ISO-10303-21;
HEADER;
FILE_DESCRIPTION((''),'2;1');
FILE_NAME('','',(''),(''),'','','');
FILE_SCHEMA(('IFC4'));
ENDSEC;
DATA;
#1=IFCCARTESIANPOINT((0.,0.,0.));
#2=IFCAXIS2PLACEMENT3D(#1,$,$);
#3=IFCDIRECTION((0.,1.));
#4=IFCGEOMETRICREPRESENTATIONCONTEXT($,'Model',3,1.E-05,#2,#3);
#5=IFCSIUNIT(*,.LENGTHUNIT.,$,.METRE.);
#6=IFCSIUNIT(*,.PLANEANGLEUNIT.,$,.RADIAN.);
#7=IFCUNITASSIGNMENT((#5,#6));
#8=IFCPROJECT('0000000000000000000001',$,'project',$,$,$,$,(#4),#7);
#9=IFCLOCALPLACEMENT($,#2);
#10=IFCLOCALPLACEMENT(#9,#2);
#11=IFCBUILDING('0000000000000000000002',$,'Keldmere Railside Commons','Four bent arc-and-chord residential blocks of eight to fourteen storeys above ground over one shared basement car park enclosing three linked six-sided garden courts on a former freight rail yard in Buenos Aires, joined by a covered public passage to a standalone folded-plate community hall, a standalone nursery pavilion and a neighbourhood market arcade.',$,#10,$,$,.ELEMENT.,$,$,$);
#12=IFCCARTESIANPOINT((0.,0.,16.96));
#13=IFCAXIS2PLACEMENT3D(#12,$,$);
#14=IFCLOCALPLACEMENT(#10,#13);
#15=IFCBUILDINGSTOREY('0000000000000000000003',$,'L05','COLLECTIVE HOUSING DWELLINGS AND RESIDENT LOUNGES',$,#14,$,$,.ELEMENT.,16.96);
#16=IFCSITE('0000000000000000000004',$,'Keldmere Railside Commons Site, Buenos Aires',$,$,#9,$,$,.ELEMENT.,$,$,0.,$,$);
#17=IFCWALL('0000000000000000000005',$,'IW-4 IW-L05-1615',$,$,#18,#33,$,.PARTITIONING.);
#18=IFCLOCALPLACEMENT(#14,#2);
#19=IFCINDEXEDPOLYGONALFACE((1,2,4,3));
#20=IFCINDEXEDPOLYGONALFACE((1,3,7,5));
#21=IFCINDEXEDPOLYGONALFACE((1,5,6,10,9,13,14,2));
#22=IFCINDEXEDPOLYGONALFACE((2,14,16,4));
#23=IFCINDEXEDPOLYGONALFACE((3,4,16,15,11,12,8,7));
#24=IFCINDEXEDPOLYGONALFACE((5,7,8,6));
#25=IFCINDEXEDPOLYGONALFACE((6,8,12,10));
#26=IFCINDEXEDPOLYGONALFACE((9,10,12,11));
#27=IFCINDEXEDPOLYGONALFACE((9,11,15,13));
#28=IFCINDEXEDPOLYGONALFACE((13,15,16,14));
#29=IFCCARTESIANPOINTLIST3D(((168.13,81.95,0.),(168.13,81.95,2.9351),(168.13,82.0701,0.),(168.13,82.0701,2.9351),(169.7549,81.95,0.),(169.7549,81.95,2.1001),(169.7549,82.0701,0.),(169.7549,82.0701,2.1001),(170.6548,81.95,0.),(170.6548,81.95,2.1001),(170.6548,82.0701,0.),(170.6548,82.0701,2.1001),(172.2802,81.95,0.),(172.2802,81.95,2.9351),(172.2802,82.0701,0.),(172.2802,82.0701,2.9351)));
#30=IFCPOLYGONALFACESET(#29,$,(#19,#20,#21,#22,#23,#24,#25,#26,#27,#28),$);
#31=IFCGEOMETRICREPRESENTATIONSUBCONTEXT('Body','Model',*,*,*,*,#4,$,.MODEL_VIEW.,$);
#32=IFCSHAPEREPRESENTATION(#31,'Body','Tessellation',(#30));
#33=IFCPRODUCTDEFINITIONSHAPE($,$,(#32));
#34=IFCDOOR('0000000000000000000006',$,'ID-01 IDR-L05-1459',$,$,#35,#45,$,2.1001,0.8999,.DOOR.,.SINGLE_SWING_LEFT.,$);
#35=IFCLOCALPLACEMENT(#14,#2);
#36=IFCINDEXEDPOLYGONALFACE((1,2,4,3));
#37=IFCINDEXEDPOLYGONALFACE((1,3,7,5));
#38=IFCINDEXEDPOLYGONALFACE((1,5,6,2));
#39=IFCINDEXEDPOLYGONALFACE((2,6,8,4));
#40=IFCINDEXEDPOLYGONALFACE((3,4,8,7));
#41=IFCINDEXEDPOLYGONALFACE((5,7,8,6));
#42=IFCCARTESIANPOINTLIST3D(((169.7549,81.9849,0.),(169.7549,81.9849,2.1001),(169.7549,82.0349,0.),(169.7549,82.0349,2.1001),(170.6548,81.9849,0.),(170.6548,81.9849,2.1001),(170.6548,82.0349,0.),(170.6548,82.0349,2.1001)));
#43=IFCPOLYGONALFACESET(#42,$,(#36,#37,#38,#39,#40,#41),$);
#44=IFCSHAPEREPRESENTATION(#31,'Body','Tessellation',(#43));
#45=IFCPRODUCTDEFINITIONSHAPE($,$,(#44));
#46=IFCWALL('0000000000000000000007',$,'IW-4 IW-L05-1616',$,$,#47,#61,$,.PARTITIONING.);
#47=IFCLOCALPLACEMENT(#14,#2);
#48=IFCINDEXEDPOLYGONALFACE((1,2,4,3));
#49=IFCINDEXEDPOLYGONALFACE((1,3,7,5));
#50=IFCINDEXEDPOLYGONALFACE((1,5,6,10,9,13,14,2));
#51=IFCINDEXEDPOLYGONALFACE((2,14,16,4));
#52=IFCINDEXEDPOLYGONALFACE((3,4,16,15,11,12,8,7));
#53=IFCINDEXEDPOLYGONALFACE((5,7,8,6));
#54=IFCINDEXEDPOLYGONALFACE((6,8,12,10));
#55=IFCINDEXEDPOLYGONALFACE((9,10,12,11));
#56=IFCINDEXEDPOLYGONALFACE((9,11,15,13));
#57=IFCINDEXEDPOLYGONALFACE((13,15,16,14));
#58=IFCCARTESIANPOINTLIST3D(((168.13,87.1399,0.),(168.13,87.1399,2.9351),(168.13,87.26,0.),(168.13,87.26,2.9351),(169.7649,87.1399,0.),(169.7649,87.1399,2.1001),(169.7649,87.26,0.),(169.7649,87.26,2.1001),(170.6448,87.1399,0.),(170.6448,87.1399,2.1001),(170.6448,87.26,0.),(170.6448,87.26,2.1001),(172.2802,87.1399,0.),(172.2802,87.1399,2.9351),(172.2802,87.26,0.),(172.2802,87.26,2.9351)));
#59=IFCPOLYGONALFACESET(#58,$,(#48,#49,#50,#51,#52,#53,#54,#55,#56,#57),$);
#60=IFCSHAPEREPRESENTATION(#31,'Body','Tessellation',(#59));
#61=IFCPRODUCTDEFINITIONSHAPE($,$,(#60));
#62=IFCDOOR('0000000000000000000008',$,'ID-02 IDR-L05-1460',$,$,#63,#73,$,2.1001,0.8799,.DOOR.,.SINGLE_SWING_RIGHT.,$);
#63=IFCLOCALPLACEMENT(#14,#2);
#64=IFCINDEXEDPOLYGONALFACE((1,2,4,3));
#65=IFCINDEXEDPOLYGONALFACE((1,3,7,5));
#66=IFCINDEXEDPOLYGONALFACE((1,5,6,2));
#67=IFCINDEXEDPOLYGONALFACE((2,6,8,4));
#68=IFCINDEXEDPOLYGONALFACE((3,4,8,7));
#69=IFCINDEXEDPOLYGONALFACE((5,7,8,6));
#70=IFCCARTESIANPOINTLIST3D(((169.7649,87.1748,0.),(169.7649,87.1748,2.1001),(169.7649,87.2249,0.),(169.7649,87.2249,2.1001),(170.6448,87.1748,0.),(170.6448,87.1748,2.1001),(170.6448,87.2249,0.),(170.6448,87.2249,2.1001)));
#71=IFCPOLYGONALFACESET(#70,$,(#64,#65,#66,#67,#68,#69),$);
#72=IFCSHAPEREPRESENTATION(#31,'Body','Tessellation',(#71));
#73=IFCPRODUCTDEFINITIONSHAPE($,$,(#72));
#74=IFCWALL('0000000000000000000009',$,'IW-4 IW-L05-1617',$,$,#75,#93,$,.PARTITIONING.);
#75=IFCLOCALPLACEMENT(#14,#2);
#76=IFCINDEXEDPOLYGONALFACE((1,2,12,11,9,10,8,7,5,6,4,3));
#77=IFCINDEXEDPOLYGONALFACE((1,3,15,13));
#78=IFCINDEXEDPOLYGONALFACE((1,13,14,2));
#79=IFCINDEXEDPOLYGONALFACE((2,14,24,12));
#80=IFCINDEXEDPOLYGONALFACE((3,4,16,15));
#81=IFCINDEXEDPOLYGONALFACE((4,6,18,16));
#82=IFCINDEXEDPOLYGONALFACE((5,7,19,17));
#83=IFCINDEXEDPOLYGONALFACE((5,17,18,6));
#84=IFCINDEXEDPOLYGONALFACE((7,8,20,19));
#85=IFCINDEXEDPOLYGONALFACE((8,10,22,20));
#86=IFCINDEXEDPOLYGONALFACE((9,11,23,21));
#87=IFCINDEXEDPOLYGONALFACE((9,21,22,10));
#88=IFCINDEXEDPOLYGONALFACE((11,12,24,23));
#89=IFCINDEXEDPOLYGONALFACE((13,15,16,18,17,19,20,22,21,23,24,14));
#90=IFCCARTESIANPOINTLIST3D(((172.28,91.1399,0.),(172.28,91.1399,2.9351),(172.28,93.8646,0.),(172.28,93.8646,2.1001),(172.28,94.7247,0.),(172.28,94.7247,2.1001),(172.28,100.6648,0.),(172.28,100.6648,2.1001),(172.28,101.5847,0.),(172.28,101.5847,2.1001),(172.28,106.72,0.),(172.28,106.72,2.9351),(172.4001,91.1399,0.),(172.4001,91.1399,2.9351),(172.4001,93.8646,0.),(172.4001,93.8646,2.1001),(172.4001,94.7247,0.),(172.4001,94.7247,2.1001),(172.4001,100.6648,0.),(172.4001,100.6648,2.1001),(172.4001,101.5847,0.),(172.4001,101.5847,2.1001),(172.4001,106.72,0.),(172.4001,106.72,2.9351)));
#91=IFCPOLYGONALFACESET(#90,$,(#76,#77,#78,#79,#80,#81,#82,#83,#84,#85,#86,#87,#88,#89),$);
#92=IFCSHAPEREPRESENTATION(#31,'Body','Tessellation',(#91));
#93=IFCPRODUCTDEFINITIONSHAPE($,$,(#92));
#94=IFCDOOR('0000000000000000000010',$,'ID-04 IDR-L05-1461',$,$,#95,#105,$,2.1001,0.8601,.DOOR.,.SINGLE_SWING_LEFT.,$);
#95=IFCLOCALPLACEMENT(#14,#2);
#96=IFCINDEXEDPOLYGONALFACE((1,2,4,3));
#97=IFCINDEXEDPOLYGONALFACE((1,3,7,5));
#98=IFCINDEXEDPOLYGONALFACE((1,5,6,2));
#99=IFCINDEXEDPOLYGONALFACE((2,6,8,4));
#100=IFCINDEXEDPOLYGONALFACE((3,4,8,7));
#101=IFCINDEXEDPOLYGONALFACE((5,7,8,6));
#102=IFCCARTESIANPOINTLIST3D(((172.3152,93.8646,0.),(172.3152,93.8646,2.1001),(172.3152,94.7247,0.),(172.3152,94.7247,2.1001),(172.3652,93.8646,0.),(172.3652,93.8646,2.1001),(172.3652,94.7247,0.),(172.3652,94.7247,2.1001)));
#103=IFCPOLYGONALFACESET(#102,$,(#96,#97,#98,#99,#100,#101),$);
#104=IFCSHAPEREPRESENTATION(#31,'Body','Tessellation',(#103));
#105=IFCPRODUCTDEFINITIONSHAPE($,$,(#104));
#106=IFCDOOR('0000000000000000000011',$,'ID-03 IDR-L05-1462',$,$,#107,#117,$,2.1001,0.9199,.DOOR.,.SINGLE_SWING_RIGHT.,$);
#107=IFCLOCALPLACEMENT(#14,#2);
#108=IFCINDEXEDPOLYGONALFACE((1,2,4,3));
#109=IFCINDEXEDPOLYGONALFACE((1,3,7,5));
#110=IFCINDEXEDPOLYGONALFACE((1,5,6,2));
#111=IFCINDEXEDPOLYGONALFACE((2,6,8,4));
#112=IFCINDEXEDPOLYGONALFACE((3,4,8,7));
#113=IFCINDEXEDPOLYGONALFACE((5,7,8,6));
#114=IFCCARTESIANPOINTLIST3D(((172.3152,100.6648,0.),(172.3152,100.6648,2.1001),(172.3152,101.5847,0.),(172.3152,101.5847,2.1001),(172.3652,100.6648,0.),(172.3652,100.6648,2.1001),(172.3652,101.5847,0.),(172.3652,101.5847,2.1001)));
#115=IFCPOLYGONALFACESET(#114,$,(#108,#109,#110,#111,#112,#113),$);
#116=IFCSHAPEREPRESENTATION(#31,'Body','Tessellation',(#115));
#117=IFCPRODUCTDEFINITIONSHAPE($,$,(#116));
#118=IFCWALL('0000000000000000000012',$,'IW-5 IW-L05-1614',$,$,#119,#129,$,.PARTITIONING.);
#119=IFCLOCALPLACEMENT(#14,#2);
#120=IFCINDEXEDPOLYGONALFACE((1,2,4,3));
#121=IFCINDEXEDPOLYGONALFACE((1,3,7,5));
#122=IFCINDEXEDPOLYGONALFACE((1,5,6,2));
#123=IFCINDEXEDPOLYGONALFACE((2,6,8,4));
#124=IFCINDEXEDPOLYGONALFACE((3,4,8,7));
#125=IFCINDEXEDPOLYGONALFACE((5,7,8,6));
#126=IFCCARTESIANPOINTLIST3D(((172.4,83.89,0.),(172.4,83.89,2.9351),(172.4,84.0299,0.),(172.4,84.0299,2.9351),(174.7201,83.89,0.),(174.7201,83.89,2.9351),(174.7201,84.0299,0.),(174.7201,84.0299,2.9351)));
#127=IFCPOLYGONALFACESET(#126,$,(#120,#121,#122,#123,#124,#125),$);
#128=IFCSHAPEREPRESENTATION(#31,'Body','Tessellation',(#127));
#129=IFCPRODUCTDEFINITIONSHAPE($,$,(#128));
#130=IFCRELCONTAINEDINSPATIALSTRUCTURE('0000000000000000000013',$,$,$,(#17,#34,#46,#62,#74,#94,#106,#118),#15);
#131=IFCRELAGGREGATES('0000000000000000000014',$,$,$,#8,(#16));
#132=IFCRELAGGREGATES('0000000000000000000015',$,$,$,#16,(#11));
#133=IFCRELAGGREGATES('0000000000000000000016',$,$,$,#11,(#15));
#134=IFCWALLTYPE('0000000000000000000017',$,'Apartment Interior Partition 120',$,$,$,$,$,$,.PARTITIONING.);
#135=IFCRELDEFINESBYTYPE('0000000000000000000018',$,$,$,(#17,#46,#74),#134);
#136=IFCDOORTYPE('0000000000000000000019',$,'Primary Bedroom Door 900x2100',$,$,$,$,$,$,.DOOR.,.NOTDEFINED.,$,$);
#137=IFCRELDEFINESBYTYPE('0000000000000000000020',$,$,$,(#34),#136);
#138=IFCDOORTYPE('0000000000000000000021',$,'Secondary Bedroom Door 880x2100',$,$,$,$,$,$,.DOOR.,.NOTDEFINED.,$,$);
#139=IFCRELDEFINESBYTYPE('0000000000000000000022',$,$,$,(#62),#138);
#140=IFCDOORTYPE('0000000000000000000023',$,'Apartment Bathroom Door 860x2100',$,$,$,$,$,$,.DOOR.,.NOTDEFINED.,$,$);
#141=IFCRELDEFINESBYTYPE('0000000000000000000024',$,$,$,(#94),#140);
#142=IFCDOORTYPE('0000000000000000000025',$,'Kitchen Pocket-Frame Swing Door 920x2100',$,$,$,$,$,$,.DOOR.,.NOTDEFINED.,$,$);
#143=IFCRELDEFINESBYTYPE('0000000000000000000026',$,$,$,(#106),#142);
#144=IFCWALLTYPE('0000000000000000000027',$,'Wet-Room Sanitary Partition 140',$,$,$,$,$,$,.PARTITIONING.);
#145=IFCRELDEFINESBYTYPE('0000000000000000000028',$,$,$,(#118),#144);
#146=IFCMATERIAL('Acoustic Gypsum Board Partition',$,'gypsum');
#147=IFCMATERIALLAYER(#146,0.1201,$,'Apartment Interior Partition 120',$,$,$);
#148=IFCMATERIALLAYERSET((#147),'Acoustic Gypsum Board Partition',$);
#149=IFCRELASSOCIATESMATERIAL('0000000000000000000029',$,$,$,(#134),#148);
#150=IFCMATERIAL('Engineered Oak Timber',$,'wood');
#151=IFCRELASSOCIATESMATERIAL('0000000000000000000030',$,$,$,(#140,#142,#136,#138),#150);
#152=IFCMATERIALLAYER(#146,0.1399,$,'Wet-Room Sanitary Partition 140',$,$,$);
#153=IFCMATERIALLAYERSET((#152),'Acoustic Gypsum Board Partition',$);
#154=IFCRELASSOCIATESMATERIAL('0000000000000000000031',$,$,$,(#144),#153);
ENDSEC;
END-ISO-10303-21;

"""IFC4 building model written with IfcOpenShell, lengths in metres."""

from ifc_helpers import new_model, si_unit, direction, frame, frame_2d, origin, place, context, subcontext, project, spatial, rectangle, extrude, material, layer, layer_set, type_object, element, fill, save


model = new_model("IFC4")

# Units and contexts
model_context = context("Model", 3, precision=1e-05, world=origin(), true_north=direction((0.0, 1.0)))
body_context = subcontext(model_context, "Body", "Model", "MODEL_VIEW")
ifc_project = project(units=[si_unit("LENGTHUNIT", "METRE"), si_unit("PLANEANGLEUNIT", "RADIAN")], contexts=[model_context])

# Site, building, storey
site_placement = place(None, origin())
site = spatial("IfcSite", under=ifc_project, at=site_placement, Name="Keldmere Railside Commons Site, Buenos Aires", CompositionType="ELEMENT", RefElevation=0.0)
building_placement = place(site_placement, origin())
building = spatial("IfcBuilding", under=site, at=building_placement, Name="Keldmere Railside Commons", Description="Four bent arc-and-chord residential blocks of eight to fourteen storeys above ground over one shared basement car park enclosing three linked six-sided garden courts on a former freight rail yard in Buenos Aires, joined by a covered public passage to a standalone folded-plate community hall, a standalone nursery pavilion and a neighbourhood market arcade.", CompositionType="ELEMENT")
storey_placement = place(building_placement, frame((0.0, 0.0, 16.96)))
storey = spatial("IfcBuildingStorey", under=building, at=storey_placement, Name="L05", Description="COLLECTIVE HOUSING DWELLINGS AND RESIDENT LOUNGES", CompositionType="ELEMENT", Elevation=16.96)

# Shared definitions
ifc_material_1 = material(Name="Acoustic Gypsum Board Partition", Category="gypsum")

# Shared definitions
ifc_layer_1 = layer(ifc_material_1, 0.1201, Name="Apartment Interior Partition 120")
ifc_layer_set_1 = layer_set([ifc_layer_1], Name="Acoustic Gypsum Board Partition")
wall_type_1 = type_object("IfcWallType", Name="Apartment Interior Partition 120", PredefinedType="PARTITIONING", material=ifc_layer_set_1)
ifc_material_2 = material(Name="Engineered Oak Timber", Category="wood")
door_type_1 = type_object("IfcDoorType", Name="Apartment Bathroom Door 860x2100", OperationType="NOTDEFINED", PredefinedType="DOOR", material=ifc_material_2)
door_type_2 = type_object("IfcDoorType", Name="Kitchen Pocket-Frame Swing Door 920x2100", OperationType="NOTDEFINED", PredefinedType="DOOR", material=ifc_material_2)

# Walls, openings, doors
wall_1_placement = place(storey_placement, frame((168.1299, 82.01, 0.0), z_axis=(0.0, 0.0, 1.0), x_axis=(1.0, 0.0, 0.0)))
wall_1 = element("IfcWall", 1, at=wall_1_placement, inside=storey, type_object=wall_type_1, Name="IW-4 IW-L05-1615", PredefinedType="PARTITIONING", context=body_context, shape_type="SweptSolid", body=[
    extrude(rectangle(XDim=4.1501, YDim=0.1201, at=frame_2d((2.0752, 0.0))), origin(), (0.0, 0.0, 1.0), 2.9351),
])
opening_1_placement = place(wall_1_placement, frame((1.625, 0.0, 0.0)))
opening_1 = element("IfcOpeningElement", 2, at=opening_1_placement, cuts=wall_1, PredefinedType="OPENING", context=body_context, shape_type="SweptSolid", body=[
    extrude(rectangle(XDim=0.8999, YDim=2.1001, at=frame_2d((0.45, 1.05))), frame((0.0, 0.0701, 0.0), z_axis=(0.0, -1.0, 0.0), x_axis=(1.0, 0.0, 0.0)), (0.0, 0.0, 1.0), 0.1401),
])
door_type_3 = type_object("IfcDoorType", Name="Primary Bedroom Door 900x2100", OperationType="NOTDEFINED", PredefinedType="DOOR", material=ifc_material_2)
door_1_placement = place(opening_1_placement, origin())
door_1 = element("IfcDoor", 3, at=door_1_placement, inside=storey, type_object=door_type_3, Name="ID-01 IDR-L05-1459", OperationType="SINGLE_SWING_LEFT", OverallHeight=2.1001, OverallWidth=0.8999, PredefinedType="DOOR", context=body_context, shape_type="SweptSolid", body=[
    extrude(rectangle(XDim=0.8999, YDim=2.1001, at=frame_2d((0.45, 1.05))), frame((0.0, 0.0249, 0.0), z_axis=(0.0, -1.0, 0.0), x_axis=(1.0, 0.0, 0.0)), (0.0, 0.0, 1.0), 0.05),
])
fill(opening_1, door_1)
wall_2_placement = place(storey_placement, frame((168.1299, 87.2, 0.0), z_axis=(0.0, 0.0, 1.0), x_axis=(1.0, 0.0, 0.0)))
wall_2 = element("IfcWall", 4, at=wall_2_placement, inside=storey, type_object=wall_type_1, Name="IW-4 IW-L05-1616", PredefinedType="PARTITIONING", context=body_context, shape_type="SweptSolid", body=[
    extrude(rectangle(XDim=4.1501, YDim=0.1201, at=frame_2d((2.0752, 0.0))), origin(), (0.0, 0.0, 1.0), 2.9351),
])
opening_2_placement = place(wall_2_placement, frame((1.635, 0.0, 0.0)))
opening_2 = element("IfcOpeningElement", 5, at=opening_2_placement, cuts=wall_2, PredefinedType="OPENING", context=body_context, shape_type="SweptSolid", body=[
    extrude(rectangle(XDim=0.8799, YDim=2.1001, at=frame_2d((0.4399, 1.05))), frame((0.0, 0.0701, 0.0), z_axis=(0.0, -1.0, 0.0), x_axis=(1.0, 0.0, 0.0)), (0.0, 0.0, 1.0), 0.1401),
])
door_type_4 = type_object("IfcDoorType", Name="Secondary Bedroom Door 880x2100", OperationType="NOTDEFINED", PredefinedType="DOOR", material=ifc_material_2)
door_2_placement = place(opening_2_placement, origin())
door_2 = element("IfcDoor", 6, at=door_2_placement, inside=storey, type_object=door_type_4, Name="ID-02 IDR-L05-1460", OperationType="SINGLE_SWING_RIGHT", OverallHeight=2.1001, OverallWidth=0.8799, PredefinedType="DOOR", context=body_context, shape_type="SweptSolid", body=[
    extrude(rectangle(XDim=0.8799, YDim=2.1001, at=frame_2d((0.4399, 1.05))), frame((0.0, 0.0249, 0.0), z_axis=(0.0, -1.0, 0.0), x_axis=(1.0, 0.0, 0.0)), (0.0, 0.0, 1.0), 0.05),
])
fill(opening_2, door_2)

# Wall, openings, doors
wall_3_placement = place(storey_placement, frame((172.3401, 91.1399, 0.0), z_axis=(0.0, 0.0, 1.0), x_axis=(0.0, 1.0, 0.0)))
wall_3 = element("IfcWall", 7, at=wall_3_placement, inside=storey, type_object=wall_type_1, Name="IW-4 IW-L05-1617", PredefinedType="PARTITIONING", context=body_context, shape_type="SweptSolid", body=[
    extrude(rectangle(XDim=15.5801, YDim=0.1201, at=frame_2d((7.79, 0.0))), origin(), (0.0, 0.0, 1.0), 2.9351),
])
opening_3_placement = place(wall_3_placement, frame((2.7246, 0.0, 0.0)))
opening_3 = element("IfcOpeningElement", 8, at=opening_3_placement, cuts=wall_3, PredefinedType="OPENING", context=body_context, shape_type="SweptSolid", body=[
    extrude(rectangle(XDim=0.8601, YDim=2.1001, at=frame_2d((0.4302, 1.05))), frame((0.0, 0.0701, 0.0), z_axis=(0.0, -1.0, 0.0), x_axis=(1.0, 0.0, 0.0)), (0.0, 0.0, 1.0), 0.1401),
])
opening_4_placement = place(wall_3_placement, frame((9.5249, 0.0, 0.0)))
opening_4 = element("IfcOpeningElement", 9, at=opening_4_placement, cuts=wall_3, PredefinedType="OPENING", context=body_context, shape_type="SweptSolid", body=[
    extrude(rectangle(XDim=0.9199, YDim=2.1001, at=frame_2d((0.46, 1.05))), frame((0.0, 0.0701, 0.0), z_axis=(0.0, -1.0, 0.0), x_axis=(1.0, 0.0, 0.0)), (0.0, 0.0, 1.0), 0.1401),
])
door_3_placement = place(opening_3_placement, origin())
door_3 = element("IfcDoor", 10, at=door_3_placement, inside=storey, type_object=door_type_1, Name="ID-04 IDR-L05-1461", OperationType="SINGLE_SWING_LEFT", OverallHeight=2.1001, OverallWidth=0.8601, PredefinedType="DOOR", context=body_context, shape_type="SweptSolid", body=[
    extrude(rectangle(XDim=0.8601, YDim=2.1001, at=frame_2d((0.4302, 1.05))), frame((0.0, 0.0249, 0.0), z_axis=(0.0, -1.0, 0.0), x_axis=(1.0, 0.0, 0.0)), (0.0, 0.0, 1.0), 0.05),
])
fill(opening_3, door_3)
door_4_placement = place(opening_4_placement, origin())
door_4 = element("IfcDoor", 11, at=door_4_placement, inside=storey, type_object=door_type_2, Name="ID-03 IDR-L05-1462", OperationType="SINGLE_SWING_RIGHT", OverallHeight=2.1001, OverallWidth=0.9199, PredefinedType="DOOR", context=body_context, shape_type="SweptSolid", body=[
    extrude(rectangle(XDim=0.9199, YDim=2.1001, at=frame_2d((0.46, 1.05))), frame((0.0, 0.0249, 0.0), z_axis=(0.0, -1.0, 0.0), x_axis=(1.0, 0.0, 0.0)), (0.0, 0.0, 1.0), 0.05),
])
fill(opening_4, door_4)

# Wall
ifc_layer_2 = layer(ifc_material_1, 0.1399, Name="Wet-Room Sanitary Partition 140")
ifc_layer_set_2 = layer_set([ifc_layer_2], Name="Acoustic Gypsum Board Partition")
wall_type_2 = type_object("IfcWallType", Name="Wet-Room Sanitary Partition 140", PredefinedType="PARTITIONING", material=ifc_layer_set_2)
wall_4_placement = place(storey_placement, frame((172.3999, 83.96, 0.0), z_axis=(0.0, 0.0, 1.0), x_axis=(1.0, 0.0, 0.0)))
element("IfcWall", 12, at=wall_4_placement, inside=storey, type_object=wall_type_2, Name="IW-5 IW-L05-1614", PredefinedType="PARTITIONING", context=body_context, shape_type="SweptSolid", body=[
    extrude(rectangle(XDim=2.3201, YDim=0.1399, at=frame_2d((1.1602, 0.0))), origin(), (0.0, 0.0, 1.0), 2.9351),
])

save(model, "model.ifc")
